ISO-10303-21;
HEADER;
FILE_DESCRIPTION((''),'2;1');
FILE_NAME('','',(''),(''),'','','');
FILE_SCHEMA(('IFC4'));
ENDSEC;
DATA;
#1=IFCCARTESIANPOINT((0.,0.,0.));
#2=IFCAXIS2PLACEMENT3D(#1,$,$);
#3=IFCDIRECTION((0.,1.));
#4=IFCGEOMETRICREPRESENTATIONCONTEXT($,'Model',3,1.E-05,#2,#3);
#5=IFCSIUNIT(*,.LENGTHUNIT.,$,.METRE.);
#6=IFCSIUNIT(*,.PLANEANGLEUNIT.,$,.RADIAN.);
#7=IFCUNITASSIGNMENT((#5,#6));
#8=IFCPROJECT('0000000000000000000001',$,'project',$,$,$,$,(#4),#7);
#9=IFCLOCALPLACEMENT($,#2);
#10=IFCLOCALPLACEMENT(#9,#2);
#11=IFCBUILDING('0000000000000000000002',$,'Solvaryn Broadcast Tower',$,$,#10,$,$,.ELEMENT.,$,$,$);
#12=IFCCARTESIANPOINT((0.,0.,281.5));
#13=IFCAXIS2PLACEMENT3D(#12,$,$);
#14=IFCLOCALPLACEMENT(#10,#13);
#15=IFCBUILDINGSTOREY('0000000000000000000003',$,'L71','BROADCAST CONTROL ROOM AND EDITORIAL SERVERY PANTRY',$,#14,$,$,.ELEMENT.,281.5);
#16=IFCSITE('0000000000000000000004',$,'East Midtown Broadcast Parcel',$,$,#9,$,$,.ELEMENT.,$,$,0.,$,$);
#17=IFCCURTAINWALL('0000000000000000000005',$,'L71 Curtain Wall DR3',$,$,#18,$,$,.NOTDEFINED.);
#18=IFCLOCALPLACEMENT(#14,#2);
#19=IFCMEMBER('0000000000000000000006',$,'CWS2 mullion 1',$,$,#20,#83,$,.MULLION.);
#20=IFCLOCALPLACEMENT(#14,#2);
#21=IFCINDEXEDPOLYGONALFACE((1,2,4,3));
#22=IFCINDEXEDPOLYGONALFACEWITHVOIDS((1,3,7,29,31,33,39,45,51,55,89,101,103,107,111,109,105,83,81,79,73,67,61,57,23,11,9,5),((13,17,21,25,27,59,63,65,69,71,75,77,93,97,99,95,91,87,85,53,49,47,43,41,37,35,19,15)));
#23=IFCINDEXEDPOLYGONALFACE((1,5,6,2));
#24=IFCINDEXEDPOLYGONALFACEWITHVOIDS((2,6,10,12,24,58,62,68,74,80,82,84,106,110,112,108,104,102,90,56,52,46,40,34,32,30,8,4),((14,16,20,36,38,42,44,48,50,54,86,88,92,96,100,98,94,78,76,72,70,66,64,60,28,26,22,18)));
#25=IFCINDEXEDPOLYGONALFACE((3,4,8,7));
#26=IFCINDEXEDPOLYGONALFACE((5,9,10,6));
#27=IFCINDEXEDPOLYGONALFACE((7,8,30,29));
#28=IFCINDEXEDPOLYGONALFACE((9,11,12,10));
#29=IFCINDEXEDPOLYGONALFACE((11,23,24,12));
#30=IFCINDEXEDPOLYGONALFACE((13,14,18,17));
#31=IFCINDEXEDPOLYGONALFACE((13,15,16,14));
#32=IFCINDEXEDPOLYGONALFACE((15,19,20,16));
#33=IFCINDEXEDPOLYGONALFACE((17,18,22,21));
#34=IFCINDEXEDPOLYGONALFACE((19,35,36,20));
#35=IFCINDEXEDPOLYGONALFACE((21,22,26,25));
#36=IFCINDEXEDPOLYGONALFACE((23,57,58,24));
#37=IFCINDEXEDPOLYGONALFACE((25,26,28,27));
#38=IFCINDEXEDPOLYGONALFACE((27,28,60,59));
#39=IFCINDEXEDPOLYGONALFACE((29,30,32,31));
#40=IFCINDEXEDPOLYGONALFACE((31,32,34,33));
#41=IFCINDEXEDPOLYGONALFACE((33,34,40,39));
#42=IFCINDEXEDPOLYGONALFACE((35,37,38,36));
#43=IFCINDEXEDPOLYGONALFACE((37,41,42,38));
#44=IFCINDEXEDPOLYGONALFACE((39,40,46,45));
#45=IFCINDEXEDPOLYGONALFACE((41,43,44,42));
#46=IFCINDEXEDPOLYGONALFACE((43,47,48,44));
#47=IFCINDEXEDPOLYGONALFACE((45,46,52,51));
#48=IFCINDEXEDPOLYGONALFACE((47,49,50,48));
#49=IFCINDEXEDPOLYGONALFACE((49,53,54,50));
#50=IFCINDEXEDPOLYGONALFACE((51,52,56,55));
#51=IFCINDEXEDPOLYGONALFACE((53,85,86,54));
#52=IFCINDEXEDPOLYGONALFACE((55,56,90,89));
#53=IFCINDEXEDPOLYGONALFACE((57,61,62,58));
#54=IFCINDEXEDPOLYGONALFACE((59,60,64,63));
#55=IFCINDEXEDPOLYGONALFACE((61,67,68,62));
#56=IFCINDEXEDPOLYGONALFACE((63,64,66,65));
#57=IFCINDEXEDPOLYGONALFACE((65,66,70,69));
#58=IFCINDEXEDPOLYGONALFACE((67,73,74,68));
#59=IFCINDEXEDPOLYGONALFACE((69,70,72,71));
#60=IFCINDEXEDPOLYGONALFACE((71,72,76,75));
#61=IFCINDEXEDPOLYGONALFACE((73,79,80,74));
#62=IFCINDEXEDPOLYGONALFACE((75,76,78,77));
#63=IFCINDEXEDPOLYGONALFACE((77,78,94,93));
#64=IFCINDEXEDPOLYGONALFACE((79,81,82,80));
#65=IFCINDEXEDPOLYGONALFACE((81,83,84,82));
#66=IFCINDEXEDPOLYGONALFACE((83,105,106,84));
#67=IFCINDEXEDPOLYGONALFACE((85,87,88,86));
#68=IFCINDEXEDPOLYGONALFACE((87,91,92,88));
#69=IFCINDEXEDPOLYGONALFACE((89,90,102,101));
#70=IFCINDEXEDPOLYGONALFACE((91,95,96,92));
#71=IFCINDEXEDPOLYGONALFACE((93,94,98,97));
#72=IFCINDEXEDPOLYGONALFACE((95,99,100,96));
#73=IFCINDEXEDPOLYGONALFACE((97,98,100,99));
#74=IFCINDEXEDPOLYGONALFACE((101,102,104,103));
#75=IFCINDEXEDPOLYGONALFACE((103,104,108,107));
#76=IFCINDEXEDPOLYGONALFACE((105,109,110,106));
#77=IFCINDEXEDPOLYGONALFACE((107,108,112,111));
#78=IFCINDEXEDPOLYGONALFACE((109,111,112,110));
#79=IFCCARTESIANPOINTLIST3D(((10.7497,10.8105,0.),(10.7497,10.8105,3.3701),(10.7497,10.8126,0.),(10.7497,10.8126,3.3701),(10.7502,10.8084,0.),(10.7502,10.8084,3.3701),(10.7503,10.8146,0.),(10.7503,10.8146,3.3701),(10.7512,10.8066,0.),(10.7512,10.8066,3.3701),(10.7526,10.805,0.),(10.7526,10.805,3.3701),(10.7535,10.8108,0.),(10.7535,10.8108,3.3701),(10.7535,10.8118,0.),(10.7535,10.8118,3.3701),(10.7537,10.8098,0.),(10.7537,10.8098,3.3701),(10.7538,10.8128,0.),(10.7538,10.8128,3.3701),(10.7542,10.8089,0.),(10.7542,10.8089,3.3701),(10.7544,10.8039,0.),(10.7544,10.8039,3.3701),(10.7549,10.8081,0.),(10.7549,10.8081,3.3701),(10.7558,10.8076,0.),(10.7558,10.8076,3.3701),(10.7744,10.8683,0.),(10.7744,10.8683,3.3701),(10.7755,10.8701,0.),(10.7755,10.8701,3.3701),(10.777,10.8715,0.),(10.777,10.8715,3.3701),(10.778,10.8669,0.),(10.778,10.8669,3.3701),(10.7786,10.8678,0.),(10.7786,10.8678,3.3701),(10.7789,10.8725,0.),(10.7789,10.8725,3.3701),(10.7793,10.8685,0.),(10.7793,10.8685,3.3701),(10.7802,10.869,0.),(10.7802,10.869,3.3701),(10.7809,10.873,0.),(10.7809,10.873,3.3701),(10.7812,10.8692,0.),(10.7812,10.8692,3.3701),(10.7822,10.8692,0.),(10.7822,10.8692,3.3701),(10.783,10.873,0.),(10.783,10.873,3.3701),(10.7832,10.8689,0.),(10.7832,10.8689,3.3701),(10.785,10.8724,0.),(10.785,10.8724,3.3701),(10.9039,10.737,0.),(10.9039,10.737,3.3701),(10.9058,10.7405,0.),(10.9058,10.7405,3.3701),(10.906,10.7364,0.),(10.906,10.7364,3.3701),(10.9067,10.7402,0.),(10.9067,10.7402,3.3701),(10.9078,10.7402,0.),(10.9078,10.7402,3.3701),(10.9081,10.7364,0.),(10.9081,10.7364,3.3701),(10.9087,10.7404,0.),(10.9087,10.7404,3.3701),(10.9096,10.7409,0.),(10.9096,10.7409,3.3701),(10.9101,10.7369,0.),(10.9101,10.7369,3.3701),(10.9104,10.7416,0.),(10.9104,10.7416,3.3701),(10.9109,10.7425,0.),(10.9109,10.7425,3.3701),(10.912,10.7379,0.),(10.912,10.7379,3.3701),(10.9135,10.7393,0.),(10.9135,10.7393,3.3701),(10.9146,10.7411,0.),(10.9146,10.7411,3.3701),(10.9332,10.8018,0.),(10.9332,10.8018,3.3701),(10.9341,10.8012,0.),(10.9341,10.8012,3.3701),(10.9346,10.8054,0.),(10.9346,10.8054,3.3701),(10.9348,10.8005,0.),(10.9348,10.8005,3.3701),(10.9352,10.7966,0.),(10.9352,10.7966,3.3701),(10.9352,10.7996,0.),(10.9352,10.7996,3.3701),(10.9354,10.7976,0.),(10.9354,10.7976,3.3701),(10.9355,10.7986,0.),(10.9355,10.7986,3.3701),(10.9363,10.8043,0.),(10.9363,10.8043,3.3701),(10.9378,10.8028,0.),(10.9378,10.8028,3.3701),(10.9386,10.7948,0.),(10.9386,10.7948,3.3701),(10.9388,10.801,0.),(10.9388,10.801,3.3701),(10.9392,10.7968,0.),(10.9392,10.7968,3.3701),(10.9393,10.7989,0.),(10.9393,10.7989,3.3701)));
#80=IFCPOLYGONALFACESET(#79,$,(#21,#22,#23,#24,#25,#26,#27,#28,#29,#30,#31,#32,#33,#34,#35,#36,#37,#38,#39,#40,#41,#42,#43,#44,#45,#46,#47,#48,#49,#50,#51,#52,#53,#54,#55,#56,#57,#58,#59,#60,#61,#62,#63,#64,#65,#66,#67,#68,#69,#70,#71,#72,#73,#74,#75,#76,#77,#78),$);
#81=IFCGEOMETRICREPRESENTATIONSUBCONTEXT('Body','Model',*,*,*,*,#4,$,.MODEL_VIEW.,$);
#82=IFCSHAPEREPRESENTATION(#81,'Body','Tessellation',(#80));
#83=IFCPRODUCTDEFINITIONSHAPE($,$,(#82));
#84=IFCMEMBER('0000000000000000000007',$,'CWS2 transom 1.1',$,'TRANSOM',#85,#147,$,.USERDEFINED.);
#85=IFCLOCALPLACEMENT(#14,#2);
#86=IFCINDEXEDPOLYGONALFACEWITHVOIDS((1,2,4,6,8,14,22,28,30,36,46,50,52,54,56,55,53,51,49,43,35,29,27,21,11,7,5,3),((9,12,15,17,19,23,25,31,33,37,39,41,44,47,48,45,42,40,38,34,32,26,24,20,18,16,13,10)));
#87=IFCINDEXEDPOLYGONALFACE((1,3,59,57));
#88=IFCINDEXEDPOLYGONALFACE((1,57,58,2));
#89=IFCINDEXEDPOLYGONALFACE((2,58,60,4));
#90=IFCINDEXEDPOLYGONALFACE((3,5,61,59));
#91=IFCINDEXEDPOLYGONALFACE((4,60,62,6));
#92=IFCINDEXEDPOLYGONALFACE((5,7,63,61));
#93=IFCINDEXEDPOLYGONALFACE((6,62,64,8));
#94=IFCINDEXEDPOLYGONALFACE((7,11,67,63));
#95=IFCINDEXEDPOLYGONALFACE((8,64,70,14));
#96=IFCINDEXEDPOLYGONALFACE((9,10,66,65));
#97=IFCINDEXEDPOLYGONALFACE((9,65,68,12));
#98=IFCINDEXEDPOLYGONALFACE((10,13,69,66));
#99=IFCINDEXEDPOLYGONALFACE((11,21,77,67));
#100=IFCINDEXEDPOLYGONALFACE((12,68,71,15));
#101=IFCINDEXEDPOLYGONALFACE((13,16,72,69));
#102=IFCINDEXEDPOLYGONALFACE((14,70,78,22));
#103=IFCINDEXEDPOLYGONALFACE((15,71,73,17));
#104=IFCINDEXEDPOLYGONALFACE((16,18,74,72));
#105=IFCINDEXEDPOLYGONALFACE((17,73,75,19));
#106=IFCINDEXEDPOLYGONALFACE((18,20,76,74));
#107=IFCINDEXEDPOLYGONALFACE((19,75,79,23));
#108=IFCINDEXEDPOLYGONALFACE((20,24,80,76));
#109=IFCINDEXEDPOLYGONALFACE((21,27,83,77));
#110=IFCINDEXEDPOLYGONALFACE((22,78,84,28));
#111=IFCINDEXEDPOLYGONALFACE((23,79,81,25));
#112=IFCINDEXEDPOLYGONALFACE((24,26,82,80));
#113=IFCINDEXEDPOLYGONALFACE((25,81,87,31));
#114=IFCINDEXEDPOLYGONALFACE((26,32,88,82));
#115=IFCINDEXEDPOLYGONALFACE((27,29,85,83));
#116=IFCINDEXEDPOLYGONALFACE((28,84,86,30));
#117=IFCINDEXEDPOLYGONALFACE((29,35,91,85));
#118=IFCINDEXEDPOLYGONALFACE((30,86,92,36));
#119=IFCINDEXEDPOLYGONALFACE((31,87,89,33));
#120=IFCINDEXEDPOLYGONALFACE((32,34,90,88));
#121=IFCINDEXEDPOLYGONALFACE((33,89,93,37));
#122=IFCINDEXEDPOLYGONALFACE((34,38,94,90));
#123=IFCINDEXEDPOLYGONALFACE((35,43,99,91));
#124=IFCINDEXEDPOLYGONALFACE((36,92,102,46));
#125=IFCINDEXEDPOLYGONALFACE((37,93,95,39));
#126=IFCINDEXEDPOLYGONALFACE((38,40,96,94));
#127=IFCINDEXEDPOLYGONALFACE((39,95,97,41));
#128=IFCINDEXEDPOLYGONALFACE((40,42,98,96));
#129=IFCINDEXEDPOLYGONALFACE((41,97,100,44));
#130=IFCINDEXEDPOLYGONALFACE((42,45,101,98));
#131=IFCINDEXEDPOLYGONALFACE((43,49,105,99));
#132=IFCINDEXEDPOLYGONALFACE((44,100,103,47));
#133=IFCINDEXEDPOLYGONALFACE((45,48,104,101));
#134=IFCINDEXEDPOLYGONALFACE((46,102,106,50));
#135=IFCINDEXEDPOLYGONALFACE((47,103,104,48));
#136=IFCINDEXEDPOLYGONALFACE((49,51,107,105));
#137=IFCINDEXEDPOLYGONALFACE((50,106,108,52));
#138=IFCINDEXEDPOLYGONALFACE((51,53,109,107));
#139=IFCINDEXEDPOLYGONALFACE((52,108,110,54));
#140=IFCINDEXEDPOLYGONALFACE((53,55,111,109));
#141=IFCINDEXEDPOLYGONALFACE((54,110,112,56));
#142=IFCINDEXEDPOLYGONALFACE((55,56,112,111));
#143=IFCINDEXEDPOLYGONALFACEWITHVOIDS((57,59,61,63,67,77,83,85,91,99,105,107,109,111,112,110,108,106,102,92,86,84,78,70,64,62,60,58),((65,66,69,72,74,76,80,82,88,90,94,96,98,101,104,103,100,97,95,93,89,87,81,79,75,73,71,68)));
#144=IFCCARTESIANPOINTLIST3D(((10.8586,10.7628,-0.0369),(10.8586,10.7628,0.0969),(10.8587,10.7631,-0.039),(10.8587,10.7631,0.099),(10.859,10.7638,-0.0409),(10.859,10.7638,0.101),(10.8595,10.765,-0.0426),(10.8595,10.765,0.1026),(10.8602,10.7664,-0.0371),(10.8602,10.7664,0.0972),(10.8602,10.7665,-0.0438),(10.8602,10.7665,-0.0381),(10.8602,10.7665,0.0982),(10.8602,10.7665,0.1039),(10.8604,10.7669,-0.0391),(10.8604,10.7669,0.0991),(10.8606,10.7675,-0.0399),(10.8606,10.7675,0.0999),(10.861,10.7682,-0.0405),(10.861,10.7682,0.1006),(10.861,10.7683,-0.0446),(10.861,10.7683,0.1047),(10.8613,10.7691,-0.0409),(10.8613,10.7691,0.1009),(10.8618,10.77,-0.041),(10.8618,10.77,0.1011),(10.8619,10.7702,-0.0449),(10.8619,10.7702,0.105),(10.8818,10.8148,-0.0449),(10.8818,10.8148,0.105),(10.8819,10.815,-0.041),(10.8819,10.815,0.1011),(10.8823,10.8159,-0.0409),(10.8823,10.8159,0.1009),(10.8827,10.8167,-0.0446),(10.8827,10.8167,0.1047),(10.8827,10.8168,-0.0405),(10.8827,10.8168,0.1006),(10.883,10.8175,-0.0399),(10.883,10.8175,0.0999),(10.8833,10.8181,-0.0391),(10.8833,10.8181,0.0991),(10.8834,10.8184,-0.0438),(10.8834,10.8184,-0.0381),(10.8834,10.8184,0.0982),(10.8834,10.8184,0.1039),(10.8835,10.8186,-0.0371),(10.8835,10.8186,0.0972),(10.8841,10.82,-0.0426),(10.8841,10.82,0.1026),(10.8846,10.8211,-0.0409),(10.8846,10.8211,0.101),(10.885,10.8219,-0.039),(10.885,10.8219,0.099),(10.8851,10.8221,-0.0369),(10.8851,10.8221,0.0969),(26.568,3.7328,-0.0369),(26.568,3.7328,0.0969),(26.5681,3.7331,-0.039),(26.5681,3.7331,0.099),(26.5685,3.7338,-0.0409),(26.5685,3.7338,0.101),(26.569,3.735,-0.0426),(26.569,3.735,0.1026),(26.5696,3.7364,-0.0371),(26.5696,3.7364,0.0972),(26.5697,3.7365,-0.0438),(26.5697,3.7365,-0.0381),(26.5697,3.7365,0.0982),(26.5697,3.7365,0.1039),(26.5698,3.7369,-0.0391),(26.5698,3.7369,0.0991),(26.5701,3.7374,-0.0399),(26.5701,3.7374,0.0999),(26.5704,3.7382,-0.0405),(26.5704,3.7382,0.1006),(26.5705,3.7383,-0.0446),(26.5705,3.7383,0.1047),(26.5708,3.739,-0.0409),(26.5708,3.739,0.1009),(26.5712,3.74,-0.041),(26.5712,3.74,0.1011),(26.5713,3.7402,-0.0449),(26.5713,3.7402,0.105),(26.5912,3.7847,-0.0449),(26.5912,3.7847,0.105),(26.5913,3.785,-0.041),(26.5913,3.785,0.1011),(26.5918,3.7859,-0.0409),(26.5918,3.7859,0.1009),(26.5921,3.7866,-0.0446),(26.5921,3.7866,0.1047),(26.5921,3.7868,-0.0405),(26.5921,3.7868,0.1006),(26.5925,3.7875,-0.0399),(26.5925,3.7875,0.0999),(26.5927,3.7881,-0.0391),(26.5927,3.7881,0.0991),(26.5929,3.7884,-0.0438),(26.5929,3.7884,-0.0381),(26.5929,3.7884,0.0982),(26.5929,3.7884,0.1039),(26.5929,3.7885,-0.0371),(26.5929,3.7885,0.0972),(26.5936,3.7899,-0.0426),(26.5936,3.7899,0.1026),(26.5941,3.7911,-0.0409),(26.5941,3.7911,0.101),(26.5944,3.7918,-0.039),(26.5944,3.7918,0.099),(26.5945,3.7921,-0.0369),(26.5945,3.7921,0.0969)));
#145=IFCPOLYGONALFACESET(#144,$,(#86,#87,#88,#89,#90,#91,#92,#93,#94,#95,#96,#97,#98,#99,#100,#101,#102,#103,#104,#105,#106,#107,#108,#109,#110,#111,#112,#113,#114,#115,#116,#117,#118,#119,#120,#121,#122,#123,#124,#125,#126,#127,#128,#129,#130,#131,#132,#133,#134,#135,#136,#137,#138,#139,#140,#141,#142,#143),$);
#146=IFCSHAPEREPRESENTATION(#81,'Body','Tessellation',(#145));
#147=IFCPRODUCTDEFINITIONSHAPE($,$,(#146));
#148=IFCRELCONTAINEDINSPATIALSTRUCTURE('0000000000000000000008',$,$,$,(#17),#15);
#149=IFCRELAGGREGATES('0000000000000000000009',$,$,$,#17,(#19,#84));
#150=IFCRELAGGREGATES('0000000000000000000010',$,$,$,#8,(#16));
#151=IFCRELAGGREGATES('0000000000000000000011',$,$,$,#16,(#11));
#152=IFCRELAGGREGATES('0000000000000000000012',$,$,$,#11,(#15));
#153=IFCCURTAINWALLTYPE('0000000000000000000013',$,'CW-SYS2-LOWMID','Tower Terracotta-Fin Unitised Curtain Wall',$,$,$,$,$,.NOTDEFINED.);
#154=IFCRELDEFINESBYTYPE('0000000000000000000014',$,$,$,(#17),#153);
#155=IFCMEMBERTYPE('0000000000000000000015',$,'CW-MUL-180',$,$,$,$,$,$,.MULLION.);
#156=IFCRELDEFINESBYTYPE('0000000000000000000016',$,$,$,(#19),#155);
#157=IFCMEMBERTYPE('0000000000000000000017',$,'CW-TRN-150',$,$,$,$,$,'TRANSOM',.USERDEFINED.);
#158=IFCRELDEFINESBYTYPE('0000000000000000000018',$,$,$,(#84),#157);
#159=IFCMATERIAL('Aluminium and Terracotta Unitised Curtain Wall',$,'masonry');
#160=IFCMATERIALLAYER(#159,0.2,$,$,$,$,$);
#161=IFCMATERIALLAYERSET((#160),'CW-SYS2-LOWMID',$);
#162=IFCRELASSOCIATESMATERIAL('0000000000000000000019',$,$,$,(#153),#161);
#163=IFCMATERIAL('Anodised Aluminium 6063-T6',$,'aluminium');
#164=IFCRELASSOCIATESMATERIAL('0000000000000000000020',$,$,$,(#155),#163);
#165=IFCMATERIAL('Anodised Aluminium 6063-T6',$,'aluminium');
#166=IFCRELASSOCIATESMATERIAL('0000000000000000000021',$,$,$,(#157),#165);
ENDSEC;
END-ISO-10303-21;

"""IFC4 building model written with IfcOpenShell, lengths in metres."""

from ifc_helpers import new_model, si_unit, direction, frame, origin, origin_2d, place, context, subcontext, project, spatial, hollow_rectangle, extrude, material, layer, layer_set, material_profile, profile_set, type_object, element, aggregate, save


model = new_model("IFC4")

# Units and contexts
model_context = context("Model", 3, precision=1e-05, world=origin(), true_north=direction((0.0, 1.0)))
body_context = subcontext(model_context, "Body", "Model", "MODEL_VIEW")
ifc_project = project(units=[si_unit("LENGTHUNIT", "METRE"), si_unit("PLANEANGLEUNIT", "RADIAN")], contexts=[model_context])

# Site, building, storey
site_placement = place(None, origin())
site = spatial("IfcSite", under=ifc_project, at=site_placement, Name="East Midtown Broadcast Parcel", CompositionType="ELEMENT", RefElevation=0.0)
building_placement = place(site_placement, origin())
building = spatial("IfcBuilding", under=site, at=building_placement, Name="Solvaryn Broadcast Tower", CompositionType="ELEMENT")
storey_placement = place(building_placement, frame((0.0, 0.0, 281.5)))
storey = spatial("IfcBuildingStorey", under=building, at=storey_placement, Name="L71", Description="BROADCAST CONTROL ROOM AND EDITORIAL SERVERY PANTRY", CompositionType="ELEMENT", Elevation=281.5)

# Curtain wall, members
ifc_material_1 = material(Name="Aluminium and Terracotta Unitised Curtain Wall", Category="masonry")
ifc_layer_1 = layer(ifc_material_1, 0.2)
ifc_layer_set_1 = layer_set([ifc_layer_1], Name="CW-SYS2-LOWMID")
curtain_wall_type = type_object("IfcCurtainWallType", Name="CW-SYS2-LOWMID", Description="Tower Terracotta-Fin Unitised Curtain Wall", PredefinedType="NOTDEFINED", material=ifc_layer_set_1)
curtain_wall_placement = place(storey_placement, origin())
curtain_wall = element("IfcCurtainWall", 1, at=curtain_wall_placement, inside=storey, type_object=curtain_wall_type, Name="L71 Curtain Wall DR3", PredefinedType="NOTDEFINED")
ifc_material_2 = material(Name="Anodised Aluminium 6063-T6", Category="aluminium")
ifc_material_profile_1 = material_profile(ifc_material_2, hollow_rectangle(XDim=0.075, YDim=0.1799, WallThickness=0.0039, InnerFilletRadius=0.0039, OuterFilletRadius=0.0081, at=origin_2d()))
ifc_profile_set_1 = profile_set([ifc_material_profile_1], Name="Anodised Aluminium 6063-T6")
member_type_1 = type_object("IfcMemberType", Name="CW-MUL-180", PredefinedType="MULLION", material=ifc_profile_set_1)
member_1_placement = place(storey_placement, frame((10.8445, 10.8047, 0.0), z_axis=(0.0, 0.0, 1.0), x_axis=(0.408466, 0.912774, 0.0)))
member_1 = element("IfcMember", 2, at=member_1_placement, type_object=member_type_1, Name="CWS2 mullion 1", PredefinedType="MULLION", context=body_context, shape_type="SweptSolid", body=[
    extrude(hollow_rectangle(XDim=0.075, YDim=0.1799, WallThickness=0.0039, InnerFilletRadius=0.0039, OuterFilletRadius=0.0081, at=origin_2d()), origin(), (0.0, 0.0, 1.0), 3.3701),
])
ifc_material_3 = material(Name="Anodised Aluminium 6063-T6", Category="aluminium")
ifc_material_profile_2 = material_profile(ifc_material_3, hollow_rectangle(XDim=0.0649, YDim=0.1499, WallThickness=0.0039, InnerFilletRadius=0.0039, OuterFilletRadius=0.0081, at=origin_2d()))
ifc_profile_set_2 = profile_set([ifc_material_profile_2], Name="Anodised Aluminium 6063-T6")
member_type_2 = type_object("IfcMemberType", Name="CW-TRN-150", ElementType="TRANSOM", PredefinedType="USERDEFINED", material=ifc_profile_set_2)
member_2_placement = place(storey_placement, frame((10.8718, 10.7925, 0.03), z_axis=(0.912773, -0.408468, 0.0), x_axis=(0.408468, 0.912773, 0.0)))
member_2 = element("IfcMember", 3, at=member_2_placement, type_object=member_type_2, Name="CWS2 transom 1.1", ObjectType="TRANSOM", PredefinedType="USERDEFINED", context=body_context, shape_type="SweptSolid", body=[
    extrude(hollow_rectangle(XDim=0.0649, YDim=0.1499, WallThickness=0.0039, InnerFilletRadius=0.0039, OuterFilletRadius=0.0081, at=origin_2d()), origin(), (0.0, 0.0, 1.0), 17.2107),
])
aggregate(curtain_wall, [member_1, member_2])

save(model, "model.ifc")
